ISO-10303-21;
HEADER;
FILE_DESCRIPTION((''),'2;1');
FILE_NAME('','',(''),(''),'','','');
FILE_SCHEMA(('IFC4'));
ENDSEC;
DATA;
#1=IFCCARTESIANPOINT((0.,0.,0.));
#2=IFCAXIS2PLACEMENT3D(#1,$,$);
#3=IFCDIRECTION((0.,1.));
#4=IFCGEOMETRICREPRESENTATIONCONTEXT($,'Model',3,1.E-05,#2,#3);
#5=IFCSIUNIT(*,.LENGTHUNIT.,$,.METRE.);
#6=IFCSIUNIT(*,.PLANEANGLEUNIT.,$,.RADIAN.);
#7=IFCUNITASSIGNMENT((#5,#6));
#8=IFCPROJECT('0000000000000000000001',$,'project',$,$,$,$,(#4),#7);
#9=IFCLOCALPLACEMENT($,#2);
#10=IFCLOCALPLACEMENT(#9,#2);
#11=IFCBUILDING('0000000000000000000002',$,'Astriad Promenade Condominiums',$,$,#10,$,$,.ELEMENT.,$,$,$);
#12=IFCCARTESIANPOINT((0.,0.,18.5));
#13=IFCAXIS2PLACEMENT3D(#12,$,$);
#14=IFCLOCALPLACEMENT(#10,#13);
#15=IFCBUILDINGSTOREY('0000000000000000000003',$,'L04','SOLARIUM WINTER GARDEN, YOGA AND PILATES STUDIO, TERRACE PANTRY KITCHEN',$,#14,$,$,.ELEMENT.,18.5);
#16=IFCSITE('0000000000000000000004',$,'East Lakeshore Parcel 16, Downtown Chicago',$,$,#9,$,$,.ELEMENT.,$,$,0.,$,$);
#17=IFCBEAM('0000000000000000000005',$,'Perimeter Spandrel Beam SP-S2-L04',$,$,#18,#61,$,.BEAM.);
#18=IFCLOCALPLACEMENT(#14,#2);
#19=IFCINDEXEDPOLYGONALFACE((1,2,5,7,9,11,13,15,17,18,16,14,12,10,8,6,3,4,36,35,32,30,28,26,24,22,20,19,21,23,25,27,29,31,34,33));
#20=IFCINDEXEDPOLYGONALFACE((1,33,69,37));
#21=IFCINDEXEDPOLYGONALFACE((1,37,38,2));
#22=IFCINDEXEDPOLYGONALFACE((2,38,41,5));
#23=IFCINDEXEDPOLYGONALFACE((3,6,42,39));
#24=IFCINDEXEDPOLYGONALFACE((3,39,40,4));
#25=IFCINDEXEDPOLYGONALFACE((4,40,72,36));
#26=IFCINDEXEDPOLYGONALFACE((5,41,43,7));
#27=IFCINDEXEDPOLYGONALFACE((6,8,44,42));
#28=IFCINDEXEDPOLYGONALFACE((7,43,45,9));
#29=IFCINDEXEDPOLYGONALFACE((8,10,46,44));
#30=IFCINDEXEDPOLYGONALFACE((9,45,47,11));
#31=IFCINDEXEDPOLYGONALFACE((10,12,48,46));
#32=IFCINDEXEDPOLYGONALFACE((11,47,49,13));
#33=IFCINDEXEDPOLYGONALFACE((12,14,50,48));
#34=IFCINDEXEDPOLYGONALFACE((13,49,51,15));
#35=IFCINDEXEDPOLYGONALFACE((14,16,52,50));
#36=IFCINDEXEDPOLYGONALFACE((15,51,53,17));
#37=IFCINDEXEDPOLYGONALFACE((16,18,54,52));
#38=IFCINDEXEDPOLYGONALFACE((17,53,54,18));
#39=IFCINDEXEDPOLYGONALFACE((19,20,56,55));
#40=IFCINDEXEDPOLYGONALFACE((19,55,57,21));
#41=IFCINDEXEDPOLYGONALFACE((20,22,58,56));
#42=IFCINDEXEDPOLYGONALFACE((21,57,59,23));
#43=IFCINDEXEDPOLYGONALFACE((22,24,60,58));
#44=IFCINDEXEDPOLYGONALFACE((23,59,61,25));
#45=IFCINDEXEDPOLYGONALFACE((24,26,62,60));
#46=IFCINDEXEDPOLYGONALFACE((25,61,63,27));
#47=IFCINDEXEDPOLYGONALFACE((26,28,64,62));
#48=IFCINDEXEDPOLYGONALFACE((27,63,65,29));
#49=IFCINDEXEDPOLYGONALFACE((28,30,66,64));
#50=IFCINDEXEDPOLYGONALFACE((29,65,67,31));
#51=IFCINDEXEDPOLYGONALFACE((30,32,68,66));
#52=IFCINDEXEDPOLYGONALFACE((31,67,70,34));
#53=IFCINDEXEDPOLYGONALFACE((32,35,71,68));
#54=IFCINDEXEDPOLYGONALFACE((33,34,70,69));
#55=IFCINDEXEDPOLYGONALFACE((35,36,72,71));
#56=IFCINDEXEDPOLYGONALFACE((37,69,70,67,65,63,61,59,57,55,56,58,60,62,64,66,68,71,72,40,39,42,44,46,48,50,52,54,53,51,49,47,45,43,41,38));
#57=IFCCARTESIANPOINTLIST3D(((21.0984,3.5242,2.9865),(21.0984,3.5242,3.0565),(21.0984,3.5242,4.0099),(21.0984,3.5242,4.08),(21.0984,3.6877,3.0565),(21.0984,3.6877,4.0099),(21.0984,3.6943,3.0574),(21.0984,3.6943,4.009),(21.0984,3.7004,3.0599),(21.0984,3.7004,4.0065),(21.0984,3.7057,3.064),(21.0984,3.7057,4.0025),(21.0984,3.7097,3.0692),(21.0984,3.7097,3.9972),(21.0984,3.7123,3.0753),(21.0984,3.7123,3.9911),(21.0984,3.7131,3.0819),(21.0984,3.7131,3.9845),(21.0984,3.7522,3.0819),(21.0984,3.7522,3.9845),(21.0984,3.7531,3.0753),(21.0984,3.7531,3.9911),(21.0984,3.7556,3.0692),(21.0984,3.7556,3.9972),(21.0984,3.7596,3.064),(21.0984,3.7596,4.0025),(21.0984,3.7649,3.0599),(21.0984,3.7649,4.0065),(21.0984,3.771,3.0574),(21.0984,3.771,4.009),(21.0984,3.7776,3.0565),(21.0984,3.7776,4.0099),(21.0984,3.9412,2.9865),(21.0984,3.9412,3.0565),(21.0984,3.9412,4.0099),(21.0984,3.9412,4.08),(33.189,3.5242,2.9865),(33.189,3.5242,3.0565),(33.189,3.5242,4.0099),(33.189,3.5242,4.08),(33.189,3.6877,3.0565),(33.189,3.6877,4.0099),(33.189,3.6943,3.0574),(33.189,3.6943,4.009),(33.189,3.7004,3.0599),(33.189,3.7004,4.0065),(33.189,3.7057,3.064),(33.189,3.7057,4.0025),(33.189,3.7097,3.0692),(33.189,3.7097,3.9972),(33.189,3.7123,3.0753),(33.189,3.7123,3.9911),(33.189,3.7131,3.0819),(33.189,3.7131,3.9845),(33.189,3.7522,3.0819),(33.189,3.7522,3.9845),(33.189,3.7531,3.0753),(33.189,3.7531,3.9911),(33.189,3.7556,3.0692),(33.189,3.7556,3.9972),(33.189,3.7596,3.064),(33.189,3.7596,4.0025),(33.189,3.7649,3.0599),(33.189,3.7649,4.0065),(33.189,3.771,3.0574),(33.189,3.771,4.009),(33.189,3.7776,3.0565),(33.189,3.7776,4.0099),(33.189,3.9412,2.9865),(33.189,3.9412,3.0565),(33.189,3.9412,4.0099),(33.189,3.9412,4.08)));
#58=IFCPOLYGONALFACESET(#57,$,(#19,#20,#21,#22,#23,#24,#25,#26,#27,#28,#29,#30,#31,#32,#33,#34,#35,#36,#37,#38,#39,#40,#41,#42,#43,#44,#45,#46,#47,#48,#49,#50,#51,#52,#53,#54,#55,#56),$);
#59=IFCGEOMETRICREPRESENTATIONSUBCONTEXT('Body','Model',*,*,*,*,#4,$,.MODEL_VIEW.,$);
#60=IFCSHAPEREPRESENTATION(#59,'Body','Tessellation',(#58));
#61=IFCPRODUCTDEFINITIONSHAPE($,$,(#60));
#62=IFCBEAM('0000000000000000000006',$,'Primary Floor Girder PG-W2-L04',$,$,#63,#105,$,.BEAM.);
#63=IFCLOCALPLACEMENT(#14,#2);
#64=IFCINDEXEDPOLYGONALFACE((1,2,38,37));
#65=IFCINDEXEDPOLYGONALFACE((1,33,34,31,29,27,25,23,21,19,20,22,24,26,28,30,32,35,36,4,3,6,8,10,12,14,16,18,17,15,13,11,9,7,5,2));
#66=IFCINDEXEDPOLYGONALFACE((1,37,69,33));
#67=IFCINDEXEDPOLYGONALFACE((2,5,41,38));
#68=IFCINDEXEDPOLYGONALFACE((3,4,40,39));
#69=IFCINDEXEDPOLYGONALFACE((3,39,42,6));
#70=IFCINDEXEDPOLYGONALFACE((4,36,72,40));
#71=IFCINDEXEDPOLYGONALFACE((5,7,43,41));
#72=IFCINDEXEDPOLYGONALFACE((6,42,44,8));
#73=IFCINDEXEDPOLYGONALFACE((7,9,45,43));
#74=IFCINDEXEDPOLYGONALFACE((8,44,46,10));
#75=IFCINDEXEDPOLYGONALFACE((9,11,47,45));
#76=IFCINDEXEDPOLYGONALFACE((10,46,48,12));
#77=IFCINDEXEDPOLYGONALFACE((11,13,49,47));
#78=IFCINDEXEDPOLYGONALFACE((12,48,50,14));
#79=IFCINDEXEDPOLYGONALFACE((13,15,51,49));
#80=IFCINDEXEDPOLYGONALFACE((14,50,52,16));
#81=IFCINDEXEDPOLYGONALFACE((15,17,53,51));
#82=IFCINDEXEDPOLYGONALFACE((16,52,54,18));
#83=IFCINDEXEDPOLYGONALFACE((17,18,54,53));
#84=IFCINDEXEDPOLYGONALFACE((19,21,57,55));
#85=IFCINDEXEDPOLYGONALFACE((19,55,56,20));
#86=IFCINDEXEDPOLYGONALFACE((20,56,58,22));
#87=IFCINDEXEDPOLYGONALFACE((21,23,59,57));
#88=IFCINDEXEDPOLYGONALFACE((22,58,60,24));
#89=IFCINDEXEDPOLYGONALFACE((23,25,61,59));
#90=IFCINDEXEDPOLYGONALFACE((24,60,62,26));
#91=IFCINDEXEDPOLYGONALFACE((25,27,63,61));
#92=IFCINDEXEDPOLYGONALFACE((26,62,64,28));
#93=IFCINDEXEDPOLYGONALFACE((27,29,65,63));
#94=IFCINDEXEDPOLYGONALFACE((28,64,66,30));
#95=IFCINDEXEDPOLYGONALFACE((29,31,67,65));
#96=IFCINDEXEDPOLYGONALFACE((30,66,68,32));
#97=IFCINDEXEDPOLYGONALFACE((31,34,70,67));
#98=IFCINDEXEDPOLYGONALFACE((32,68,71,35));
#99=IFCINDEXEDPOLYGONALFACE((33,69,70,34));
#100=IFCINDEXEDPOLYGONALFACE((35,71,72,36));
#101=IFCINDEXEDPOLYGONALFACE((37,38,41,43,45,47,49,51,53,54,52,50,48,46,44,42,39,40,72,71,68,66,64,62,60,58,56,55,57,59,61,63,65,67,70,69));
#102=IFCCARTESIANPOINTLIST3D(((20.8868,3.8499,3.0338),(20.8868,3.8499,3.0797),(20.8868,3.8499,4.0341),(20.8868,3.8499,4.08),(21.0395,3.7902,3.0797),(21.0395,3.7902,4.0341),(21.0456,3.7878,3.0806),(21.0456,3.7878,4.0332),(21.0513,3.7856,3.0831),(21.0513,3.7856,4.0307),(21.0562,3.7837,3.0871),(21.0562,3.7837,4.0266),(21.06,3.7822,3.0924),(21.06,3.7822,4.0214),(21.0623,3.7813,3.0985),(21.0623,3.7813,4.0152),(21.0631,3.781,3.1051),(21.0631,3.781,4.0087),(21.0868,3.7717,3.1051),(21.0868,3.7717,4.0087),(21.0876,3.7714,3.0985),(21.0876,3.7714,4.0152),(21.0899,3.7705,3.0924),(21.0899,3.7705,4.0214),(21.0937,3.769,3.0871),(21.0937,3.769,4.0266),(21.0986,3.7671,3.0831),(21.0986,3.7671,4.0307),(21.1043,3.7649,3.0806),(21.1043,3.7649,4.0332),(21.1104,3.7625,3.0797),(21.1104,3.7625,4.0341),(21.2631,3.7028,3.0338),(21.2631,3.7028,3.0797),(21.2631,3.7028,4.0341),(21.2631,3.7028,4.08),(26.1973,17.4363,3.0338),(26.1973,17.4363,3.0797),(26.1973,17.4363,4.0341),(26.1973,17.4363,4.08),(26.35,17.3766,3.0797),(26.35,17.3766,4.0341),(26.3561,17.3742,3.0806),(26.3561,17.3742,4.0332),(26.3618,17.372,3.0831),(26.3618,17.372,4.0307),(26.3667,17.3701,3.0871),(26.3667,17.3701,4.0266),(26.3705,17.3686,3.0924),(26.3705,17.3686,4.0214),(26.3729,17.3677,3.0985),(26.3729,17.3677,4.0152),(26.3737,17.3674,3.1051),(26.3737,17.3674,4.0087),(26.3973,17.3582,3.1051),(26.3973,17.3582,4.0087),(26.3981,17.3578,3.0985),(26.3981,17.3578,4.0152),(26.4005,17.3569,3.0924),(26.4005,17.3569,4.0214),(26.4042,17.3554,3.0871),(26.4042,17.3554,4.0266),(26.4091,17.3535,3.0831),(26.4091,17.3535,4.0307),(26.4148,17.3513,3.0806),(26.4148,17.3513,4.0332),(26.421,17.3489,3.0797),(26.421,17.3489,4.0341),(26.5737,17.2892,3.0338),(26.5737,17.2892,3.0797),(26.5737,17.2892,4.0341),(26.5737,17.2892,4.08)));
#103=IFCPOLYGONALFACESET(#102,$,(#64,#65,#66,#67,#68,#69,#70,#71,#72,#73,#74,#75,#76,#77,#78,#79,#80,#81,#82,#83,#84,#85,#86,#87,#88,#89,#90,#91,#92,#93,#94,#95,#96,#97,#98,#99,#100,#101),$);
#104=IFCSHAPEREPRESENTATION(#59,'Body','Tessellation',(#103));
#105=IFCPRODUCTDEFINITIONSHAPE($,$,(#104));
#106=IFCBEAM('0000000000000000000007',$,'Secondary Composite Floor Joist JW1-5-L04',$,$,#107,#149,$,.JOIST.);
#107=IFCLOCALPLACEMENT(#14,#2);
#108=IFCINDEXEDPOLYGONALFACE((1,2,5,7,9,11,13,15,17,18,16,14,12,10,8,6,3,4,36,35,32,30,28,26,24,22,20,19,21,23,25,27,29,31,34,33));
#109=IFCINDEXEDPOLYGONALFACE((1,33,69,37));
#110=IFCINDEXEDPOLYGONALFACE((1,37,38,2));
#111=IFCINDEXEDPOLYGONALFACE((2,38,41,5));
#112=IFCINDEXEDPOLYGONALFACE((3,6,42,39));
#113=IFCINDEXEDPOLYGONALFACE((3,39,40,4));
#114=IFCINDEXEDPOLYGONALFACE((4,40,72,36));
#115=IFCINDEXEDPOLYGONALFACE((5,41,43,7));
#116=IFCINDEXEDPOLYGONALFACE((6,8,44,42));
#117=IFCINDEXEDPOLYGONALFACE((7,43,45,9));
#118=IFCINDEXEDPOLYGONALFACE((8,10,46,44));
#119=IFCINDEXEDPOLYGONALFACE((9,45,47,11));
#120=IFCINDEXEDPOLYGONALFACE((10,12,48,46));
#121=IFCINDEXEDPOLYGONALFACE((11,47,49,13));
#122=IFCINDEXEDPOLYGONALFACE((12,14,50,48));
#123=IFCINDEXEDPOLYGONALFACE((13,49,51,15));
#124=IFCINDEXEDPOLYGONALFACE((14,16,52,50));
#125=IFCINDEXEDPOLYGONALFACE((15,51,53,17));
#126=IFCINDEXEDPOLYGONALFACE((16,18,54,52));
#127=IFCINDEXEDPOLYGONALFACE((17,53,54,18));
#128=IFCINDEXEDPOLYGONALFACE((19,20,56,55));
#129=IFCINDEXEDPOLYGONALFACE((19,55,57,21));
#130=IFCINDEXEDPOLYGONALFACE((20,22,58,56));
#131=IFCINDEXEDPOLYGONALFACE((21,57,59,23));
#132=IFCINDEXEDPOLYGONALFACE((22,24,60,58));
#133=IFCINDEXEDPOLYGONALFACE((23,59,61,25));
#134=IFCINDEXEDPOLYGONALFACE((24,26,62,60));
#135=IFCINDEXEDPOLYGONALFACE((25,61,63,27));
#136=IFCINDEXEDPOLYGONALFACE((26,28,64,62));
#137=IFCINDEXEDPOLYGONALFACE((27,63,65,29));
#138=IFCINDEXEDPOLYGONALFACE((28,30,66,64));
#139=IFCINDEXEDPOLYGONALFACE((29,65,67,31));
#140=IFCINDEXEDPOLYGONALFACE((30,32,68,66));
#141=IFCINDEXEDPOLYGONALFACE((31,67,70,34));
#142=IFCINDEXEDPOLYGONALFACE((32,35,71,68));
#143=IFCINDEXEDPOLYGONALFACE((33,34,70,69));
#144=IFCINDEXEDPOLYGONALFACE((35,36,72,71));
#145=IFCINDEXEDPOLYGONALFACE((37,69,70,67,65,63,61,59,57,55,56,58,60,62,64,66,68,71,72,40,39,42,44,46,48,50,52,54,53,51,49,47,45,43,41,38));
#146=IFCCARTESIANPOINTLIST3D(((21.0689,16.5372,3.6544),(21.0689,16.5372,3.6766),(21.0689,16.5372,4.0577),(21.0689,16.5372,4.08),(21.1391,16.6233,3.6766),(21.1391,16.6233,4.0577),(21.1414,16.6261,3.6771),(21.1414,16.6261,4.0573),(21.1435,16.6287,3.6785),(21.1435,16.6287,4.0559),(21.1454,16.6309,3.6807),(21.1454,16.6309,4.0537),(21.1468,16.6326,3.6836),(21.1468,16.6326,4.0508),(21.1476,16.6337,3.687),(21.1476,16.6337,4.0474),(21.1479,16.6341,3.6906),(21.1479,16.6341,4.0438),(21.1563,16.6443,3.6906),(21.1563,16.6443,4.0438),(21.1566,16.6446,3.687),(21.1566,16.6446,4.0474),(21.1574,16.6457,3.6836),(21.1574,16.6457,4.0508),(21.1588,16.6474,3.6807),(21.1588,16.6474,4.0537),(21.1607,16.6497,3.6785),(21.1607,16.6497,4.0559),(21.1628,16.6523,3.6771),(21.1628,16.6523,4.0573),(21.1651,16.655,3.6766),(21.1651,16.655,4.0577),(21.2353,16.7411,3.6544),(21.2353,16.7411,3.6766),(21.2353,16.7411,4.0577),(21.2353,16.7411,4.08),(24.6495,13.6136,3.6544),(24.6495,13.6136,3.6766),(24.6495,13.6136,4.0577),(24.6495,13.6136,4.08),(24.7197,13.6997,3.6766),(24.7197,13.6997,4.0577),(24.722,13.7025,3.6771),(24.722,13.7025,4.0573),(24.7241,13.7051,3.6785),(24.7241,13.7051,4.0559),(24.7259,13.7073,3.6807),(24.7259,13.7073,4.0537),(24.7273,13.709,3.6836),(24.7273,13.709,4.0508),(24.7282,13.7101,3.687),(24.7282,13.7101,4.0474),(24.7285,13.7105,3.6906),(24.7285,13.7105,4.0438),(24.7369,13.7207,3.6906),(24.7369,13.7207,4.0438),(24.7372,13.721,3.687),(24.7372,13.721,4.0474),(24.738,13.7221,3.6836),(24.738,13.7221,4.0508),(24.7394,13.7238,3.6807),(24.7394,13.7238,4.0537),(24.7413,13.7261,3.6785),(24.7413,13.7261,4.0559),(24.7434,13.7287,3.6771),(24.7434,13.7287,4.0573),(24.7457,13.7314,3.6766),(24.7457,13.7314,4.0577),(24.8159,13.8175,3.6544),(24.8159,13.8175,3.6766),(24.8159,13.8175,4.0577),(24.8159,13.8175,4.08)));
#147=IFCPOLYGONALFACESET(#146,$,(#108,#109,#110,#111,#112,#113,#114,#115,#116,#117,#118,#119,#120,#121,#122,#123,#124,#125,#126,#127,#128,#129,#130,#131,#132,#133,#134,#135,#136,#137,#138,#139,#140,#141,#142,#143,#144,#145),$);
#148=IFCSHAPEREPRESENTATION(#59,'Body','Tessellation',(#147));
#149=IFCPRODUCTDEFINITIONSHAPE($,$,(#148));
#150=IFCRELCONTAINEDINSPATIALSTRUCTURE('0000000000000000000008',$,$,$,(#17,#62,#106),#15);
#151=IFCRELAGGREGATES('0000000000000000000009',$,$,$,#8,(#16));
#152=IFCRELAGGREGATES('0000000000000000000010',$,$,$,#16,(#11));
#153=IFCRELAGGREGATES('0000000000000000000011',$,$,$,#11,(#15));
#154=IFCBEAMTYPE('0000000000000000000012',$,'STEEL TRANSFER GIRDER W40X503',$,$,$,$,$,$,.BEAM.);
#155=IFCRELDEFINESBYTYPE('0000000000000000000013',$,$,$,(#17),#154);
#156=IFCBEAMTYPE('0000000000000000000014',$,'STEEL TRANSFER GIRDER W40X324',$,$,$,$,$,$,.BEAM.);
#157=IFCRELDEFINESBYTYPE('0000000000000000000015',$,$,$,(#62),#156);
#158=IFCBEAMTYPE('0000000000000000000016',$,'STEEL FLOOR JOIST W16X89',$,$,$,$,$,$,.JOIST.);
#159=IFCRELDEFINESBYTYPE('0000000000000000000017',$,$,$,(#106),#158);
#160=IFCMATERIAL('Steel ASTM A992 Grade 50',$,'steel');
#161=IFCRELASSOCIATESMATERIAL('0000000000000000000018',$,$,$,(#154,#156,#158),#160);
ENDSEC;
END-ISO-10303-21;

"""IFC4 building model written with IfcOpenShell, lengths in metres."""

from ifc_helpers import new_model, si_unit, direction, frame, origin, origin_2d, place, context, subcontext, project, spatial, i_section, extrude, source, transform, mapped, material, material_profile, profile_set, type_object, type_shapes, element, save


model = new_model("IFC4")

# Units and contexts
model_context = context("Model", 3, precision=1e-05, world=origin(), true_north=direction((0.0, 1.0)))
body_context = subcontext(model_context, "Body", "Model", "MODEL_VIEW")
ifc_project = project(units=[si_unit("LENGTHUNIT", "METRE"), si_unit("PLANEANGLEUNIT", "RADIAN")], contexts=[model_context])

# Site, building, storey
site_placement = place(None, origin())
site = spatial("IfcSite", under=ifc_project, at=site_placement, Name="East Lakeshore Parcel 16, Downtown Chicago", CompositionType="ELEMENT", RefElevation=0.0)
building_placement = place(site_placement, origin())
building = spatial("IfcBuilding", under=site, at=building_placement, Name="Astriad Promenade Condominiums", CompositionType="ELEMENT")
storey_placement = place(building_placement, frame((0.0, 0.0, 18.5)))
storey = spatial("IfcBuildingStorey", under=building, at=storey_placement, Name="L04", Description="SOLARIUM WINTER GARDEN, YOGA AND PILATES STUDIO, TERRACE PANTRY KITCHEN", CompositionType="ELEMENT", Elevation=18.5)

# Shared definitions
ifc_material_1 = material(Name="Steel ASTM A992 Grade 50", Category="steel")

# Beams
ifc_material_profile_1 = material_profile(ifc_material_1, i_section(OverallWidth=0.417, OverallDepth=1.0935, WebThickness=0.0391, FlangeThickness=0.0701, FilletRadius=0.0254, at=origin_2d()), Name="W40X503")
ifc_profile_set_1 = profile_set([ifc_material_profile_1], Name="Steel ASTM A992 Grade 50")
beam_type_1 = type_object("IfcBeamType", Name="STEEL TRANSFER GIRDER W40X503", PredefinedType="BEAM", material=ifc_profile_set_1)
shared_shape_1 = source(origin(), body_context, "Body", "SweptSolid", [
    extrude(i_section(OverallWidth=0.417, OverallDepth=1.0935, WebThickness=0.0391, FlangeThickness=0.0701, FilletRadius=0.0254, at=origin_2d()), origin(), (0.0, 0.0, 1.0), 12.0906),
])
type_shapes(beam_type_1, [shared_shape_1])
beam_1_placement = place(storey_placement, frame((21.0984, 3.7327, 3.5332), z_axis=(1.0, 0.0, 0.0), x_axis=(0.0, 1.0, 0.0)))
element("IfcBeam", 1, at=beam_1_placement, inside=storey, type_object=beam_type_1, Name="Perimeter Spandrel Beam SP-S2-L04", PredefinedType="BEAM", context=body_context, shape_type="MappedRepresentation", body=[
    mapped(shared_shape_1, transform((0.0, 0.0, 0.0), scale=1.0)),
])
ifc_material_profile_2 = material_profile(ifc_material_1, i_section(OverallWidth=0.4041, OverallDepth=1.0461, WebThickness=0.0254, FlangeThickness=0.0459, FilletRadius=0.0254, at=origin_2d()), Name="W40X324")
ifc_profile_set_2 = profile_set([ifc_material_profile_2], Name="Steel ASTM A992 Grade 50")
beam_type_2 = type_object("IfcBeamType", Name="STEEL TRANSFER GIRDER W40X324", PredefinedType="BEAM", material=ifc_profile_set_2)
shared_shape_2 = source(origin(), body_context, "Body", "SweptSolid", [
    extrude(i_section(OverallWidth=0.4041, OverallDepth=1.0461, WebThickness=0.0254, FlangeThickness=0.0459, FilletRadius=0.0254, at=origin_2d()), origin(), (0.0, 0.0, 1.0), 14.5874),
])
type_shapes(beam_type_2, [shared_shape_2])
beam_2_placement = place(storey_placement, frame((21.075, 3.7764, 3.5569), z_axis=(0.36405, 0.93138, 0.0), x_axis=(-0.93138, 0.36405, 0.0)))
element("IfcBeam", 2, at=beam_2_placement, inside=storey, type_object=beam_type_2, Name="Primary Floor Girder PG-W2-L04", PredefinedType="BEAM", context=body_context, shape_type="MappedRepresentation", body=[
    mapped(shared_shape_2, transform((0.0, 0.0, 0.0), scale=1.0)),
])
ifc_material_profile_3 = material_profile(ifc_material_1, i_section(OverallWidth=0.2632, OverallDepth=0.4255, WebThickness=0.0132, FlangeThickness=0.0222, FilletRadius=0.0139, at=origin_2d()), Name="W16X89")
ifc_profile_set_3 = profile_set([ifc_material_profile_3], Name="Steel ASTM A992 Grade 50")
beam_type_3 = type_object("IfcBeamType", Name="STEEL FLOOR JOIST W16X89", PredefinedType="JOIST", material=ifc_profile_set_3)
shared_shape_3 = source(origin(), body_context, "Body", "SweptSolid", [
    extrude(i_section(OverallWidth=0.2632, OverallDepth=0.4255, WebThickness=0.0132, FlangeThickness=0.0222, FilletRadius=0.0139, at=origin_2d()), origin(), (0.0, 0.0, 1.0), 4.6226),
])
beam_3_placement = place(storey_placement, frame((21.1521, 16.6392, 3.8672), z_axis=(0.77459, -0.632464, 0.0), x_axis=(0.632464, 0.77459, 0.0)))
element("IfcBeam", 3, at=beam_3_placement, inside=storey, type_object=beam_type_3, Name="Secondary Composite Floor Joist JW1-5-L04", PredefinedType="JOIST", context=body_context, shape_type="MappedRepresentation", body=[
    mapped(shared_shape_3, transform((0.0, 0.0, 0.0), scale=1.0)),
])

save(model, "model.ifc")
